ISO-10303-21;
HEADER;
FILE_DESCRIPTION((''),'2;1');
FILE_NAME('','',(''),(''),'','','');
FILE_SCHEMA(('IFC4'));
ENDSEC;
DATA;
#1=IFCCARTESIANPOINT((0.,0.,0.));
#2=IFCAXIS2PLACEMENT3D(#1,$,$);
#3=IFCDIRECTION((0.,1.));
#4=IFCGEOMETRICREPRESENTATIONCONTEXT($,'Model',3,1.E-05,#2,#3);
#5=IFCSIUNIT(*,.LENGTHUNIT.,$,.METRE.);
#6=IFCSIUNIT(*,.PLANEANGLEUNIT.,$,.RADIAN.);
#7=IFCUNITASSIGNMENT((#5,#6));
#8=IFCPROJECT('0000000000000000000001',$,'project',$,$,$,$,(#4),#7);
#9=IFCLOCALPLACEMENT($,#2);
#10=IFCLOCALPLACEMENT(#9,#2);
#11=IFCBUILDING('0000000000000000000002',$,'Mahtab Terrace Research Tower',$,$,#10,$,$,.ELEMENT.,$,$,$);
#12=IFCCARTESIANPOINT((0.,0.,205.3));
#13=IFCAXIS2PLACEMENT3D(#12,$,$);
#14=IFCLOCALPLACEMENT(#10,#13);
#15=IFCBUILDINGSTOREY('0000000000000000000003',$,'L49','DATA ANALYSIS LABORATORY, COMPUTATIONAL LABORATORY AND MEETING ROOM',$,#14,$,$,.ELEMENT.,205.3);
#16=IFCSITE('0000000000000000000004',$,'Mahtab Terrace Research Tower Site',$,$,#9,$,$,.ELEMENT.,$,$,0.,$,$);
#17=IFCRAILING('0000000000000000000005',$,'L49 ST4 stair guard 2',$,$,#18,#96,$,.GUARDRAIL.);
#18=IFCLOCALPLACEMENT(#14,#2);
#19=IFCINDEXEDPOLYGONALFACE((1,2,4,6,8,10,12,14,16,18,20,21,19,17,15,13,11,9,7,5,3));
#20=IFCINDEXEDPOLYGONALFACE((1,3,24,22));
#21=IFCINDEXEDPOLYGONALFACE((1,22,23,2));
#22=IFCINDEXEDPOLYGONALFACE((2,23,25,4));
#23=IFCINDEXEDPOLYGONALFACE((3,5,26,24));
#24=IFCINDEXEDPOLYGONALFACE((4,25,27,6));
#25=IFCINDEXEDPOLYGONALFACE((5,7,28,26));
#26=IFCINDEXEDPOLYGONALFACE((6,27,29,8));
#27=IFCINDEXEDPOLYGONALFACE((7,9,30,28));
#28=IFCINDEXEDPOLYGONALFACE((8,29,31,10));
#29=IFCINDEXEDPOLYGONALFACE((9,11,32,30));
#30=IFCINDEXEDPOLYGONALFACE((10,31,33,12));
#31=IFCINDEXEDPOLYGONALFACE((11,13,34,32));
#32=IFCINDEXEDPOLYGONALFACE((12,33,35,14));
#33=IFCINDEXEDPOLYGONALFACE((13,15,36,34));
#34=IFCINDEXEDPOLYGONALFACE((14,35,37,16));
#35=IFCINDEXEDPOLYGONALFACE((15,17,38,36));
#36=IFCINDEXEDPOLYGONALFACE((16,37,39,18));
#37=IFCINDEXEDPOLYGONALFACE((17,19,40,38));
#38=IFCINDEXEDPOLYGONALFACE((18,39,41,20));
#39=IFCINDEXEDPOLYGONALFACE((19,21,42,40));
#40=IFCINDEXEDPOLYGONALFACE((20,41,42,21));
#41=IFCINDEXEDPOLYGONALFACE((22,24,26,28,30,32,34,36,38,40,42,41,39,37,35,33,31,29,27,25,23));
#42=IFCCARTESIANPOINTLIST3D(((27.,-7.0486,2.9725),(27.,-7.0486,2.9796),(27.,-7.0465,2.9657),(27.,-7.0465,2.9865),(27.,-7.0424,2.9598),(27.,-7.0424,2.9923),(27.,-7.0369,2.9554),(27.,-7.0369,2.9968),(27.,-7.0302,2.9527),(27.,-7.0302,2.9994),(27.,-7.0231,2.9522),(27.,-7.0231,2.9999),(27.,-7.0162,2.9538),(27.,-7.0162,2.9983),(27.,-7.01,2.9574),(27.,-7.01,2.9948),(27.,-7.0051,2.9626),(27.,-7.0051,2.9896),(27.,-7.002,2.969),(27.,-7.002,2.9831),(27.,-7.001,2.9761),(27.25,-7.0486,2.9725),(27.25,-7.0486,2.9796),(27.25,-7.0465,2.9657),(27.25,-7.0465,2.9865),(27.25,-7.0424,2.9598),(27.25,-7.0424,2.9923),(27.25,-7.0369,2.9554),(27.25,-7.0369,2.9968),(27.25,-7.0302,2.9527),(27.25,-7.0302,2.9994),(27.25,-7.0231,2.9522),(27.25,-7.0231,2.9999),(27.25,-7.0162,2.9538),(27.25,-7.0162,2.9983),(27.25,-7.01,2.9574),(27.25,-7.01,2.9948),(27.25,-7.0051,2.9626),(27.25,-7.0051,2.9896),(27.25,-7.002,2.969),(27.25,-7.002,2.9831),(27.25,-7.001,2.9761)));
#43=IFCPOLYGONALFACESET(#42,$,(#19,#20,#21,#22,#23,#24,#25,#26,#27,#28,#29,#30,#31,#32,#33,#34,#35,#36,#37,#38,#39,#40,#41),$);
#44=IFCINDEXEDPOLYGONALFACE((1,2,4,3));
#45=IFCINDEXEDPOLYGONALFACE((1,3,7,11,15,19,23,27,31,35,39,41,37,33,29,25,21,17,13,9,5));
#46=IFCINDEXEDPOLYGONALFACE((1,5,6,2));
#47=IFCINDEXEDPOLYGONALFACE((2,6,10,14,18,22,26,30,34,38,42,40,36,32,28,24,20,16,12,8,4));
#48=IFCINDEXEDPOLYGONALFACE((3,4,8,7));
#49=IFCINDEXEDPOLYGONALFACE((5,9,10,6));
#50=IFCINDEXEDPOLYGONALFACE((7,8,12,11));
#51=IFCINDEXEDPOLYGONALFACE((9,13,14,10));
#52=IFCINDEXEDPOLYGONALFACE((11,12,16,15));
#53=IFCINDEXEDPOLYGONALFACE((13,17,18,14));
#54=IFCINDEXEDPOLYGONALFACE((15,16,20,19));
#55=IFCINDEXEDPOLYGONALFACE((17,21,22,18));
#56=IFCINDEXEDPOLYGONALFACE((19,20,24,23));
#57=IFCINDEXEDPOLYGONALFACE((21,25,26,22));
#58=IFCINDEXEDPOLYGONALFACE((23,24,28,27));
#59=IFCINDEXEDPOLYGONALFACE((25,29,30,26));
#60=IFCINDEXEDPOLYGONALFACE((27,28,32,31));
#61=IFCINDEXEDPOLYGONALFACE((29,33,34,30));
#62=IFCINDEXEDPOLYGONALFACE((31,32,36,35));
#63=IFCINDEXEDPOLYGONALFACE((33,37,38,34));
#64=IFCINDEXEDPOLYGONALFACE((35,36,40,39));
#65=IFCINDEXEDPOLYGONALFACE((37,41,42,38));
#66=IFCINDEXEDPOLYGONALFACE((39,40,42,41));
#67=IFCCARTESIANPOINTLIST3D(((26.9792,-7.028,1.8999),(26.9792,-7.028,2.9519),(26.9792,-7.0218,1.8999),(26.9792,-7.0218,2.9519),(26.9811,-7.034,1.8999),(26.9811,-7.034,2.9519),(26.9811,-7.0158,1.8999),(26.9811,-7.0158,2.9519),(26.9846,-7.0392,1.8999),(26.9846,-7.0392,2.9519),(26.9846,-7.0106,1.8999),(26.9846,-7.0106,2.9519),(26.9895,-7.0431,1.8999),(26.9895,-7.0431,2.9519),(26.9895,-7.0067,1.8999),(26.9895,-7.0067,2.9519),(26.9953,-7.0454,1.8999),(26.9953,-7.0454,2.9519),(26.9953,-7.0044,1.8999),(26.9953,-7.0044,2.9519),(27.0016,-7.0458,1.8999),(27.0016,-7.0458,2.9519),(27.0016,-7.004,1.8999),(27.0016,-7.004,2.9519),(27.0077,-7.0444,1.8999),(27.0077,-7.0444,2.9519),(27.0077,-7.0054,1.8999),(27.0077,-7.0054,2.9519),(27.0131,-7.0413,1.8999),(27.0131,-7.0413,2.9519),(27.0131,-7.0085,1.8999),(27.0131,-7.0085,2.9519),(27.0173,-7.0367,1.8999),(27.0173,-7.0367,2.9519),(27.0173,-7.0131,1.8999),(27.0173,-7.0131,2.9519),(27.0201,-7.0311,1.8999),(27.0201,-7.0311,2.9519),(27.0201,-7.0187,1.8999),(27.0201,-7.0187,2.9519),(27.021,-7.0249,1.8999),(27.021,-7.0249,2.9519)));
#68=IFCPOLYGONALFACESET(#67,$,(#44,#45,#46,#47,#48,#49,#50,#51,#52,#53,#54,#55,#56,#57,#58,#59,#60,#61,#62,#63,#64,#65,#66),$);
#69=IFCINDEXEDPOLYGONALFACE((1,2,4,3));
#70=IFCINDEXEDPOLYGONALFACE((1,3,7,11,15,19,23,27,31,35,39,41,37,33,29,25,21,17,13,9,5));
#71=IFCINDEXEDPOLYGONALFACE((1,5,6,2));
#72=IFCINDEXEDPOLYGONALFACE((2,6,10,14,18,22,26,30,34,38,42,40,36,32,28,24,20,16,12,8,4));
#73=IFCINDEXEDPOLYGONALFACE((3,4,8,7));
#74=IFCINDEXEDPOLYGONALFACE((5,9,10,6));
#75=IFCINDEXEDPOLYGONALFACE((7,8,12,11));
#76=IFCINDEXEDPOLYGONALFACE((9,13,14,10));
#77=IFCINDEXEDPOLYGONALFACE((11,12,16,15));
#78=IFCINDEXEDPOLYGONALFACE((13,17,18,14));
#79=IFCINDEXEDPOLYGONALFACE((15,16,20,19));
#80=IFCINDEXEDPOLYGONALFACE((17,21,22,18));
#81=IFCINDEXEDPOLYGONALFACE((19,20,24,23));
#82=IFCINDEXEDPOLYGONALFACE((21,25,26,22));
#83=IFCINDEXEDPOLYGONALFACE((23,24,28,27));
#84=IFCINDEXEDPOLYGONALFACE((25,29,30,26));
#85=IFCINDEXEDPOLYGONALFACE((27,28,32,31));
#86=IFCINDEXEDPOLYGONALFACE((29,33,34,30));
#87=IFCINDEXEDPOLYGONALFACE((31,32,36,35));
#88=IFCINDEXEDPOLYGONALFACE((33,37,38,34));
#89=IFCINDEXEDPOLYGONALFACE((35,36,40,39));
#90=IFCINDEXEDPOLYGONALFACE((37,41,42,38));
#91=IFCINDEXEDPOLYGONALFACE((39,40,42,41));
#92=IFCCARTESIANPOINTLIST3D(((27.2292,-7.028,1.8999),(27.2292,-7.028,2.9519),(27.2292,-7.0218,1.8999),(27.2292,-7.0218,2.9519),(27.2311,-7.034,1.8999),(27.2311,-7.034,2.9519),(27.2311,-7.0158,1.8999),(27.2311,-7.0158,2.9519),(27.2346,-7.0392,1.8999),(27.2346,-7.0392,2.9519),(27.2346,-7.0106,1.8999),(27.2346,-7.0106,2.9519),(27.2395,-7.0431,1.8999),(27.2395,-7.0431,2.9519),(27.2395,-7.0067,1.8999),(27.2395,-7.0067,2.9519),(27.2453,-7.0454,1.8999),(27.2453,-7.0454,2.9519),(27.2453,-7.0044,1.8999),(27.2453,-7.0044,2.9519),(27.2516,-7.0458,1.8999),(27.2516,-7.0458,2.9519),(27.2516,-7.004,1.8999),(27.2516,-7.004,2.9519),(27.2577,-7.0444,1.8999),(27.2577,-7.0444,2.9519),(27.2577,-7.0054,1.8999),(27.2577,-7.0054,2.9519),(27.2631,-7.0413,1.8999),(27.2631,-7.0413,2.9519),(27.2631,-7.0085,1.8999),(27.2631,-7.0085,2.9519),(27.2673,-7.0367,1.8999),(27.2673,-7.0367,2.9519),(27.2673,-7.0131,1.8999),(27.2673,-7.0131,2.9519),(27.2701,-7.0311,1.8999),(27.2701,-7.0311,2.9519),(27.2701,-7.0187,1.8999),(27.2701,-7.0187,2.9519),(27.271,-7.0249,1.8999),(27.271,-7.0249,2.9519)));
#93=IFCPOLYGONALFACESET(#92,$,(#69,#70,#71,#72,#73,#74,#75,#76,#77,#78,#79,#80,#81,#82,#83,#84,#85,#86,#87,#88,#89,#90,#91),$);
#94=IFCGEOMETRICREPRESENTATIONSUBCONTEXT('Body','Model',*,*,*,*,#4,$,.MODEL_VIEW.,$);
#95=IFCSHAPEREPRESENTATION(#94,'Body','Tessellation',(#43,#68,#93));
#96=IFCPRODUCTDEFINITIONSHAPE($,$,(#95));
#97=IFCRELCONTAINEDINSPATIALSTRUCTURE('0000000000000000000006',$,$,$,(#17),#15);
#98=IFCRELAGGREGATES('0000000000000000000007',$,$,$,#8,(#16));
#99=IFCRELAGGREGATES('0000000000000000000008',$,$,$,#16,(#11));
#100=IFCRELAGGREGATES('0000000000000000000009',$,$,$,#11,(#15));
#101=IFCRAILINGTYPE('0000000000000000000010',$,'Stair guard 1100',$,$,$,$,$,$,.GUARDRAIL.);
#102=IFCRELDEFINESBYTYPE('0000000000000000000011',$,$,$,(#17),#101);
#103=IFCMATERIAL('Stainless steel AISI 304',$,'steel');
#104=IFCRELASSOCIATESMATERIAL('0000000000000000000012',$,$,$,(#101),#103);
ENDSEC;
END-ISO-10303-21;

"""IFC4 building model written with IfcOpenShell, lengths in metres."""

from ifc_helpers import new_model, si_unit, direction, frame, origin, origin_2d, place, context, subcontext, project, spatial, circle, extrude, material, type_object, element, save


model = new_model("IFC4")

# Units and contexts
model_context = context("Model", 3, precision=1e-05, world=origin(), true_north=direction((0.0, 1.0)))
body_context = subcontext(model_context, "Body", "Model", "MODEL_VIEW")
ifc_project = project(units=[si_unit("LENGTHUNIT", "METRE"), si_unit("PLANEANGLEUNIT", "RADIAN")], contexts=[model_context])

# Site, building, storey
site_placement = place(None, origin())
site = spatial("IfcSite", under=ifc_project, at=site_placement, Name="Mahtab Terrace Research Tower Site", CompositionType="ELEMENT", RefElevation=0.0)
building_placement = place(site_placement, origin())
building = spatial("IfcBuilding", under=site, at=building_placement, Name="Mahtab Terrace Research Tower", CompositionType="ELEMENT")
storey_placement = place(building_placement, frame((0.0, 0.0, 205.3)))
storey = spatial("IfcBuildingStorey", under=building, at=storey_placement, Name="L49", Description="DATA ANALYSIS LABORATORY, COMPUTATIONAL LABORATORY AND MEETING ROOM", CompositionType="ELEMENT", Elevation=205.3)

# Shared definitions
ifc_material_1 = material(Name="Stainless steel AISI 304", Category="steel")

# Railing
railing_type_1 = type_object("IfcRailingType", Name="Stair guard 1100", PredefinedType="GUARDRAIL", material=ifc_material_1)
railing_1_placement = place(storey_placement, frame((27.0, -7.0249, 1.8999)))
element("IfcRailing", 1, at=railing_1_placement, inside=storey, type_object=railing_type_1, Name="L49 ST4 stair guard 2", PredefinedType="GUARDRAIL", context=body_context, shape_type="SweptSolid", body=[
    extrude(circle(Radius=0.0239, at=origin_2d()), frame((0.0, 0.0, 1.0762), z_axis=(1.0, 0.0, 0.0), x_axis=(0.0, 1.0, 0.0)), (0.0, 0.0, 1.0), 0.25),
    extrude(circle(Radius=0.021, at=origin_2d()), origin(), (0.0, 0.0, 1.0), 1.052),
    extrude(circle(Radius=0.021, at=origin_2d()), frame((0.25, 0.0, 0.0)), (0.0, 0.0, 1.0), 1.052),
])

save(model, "model.ifc")
